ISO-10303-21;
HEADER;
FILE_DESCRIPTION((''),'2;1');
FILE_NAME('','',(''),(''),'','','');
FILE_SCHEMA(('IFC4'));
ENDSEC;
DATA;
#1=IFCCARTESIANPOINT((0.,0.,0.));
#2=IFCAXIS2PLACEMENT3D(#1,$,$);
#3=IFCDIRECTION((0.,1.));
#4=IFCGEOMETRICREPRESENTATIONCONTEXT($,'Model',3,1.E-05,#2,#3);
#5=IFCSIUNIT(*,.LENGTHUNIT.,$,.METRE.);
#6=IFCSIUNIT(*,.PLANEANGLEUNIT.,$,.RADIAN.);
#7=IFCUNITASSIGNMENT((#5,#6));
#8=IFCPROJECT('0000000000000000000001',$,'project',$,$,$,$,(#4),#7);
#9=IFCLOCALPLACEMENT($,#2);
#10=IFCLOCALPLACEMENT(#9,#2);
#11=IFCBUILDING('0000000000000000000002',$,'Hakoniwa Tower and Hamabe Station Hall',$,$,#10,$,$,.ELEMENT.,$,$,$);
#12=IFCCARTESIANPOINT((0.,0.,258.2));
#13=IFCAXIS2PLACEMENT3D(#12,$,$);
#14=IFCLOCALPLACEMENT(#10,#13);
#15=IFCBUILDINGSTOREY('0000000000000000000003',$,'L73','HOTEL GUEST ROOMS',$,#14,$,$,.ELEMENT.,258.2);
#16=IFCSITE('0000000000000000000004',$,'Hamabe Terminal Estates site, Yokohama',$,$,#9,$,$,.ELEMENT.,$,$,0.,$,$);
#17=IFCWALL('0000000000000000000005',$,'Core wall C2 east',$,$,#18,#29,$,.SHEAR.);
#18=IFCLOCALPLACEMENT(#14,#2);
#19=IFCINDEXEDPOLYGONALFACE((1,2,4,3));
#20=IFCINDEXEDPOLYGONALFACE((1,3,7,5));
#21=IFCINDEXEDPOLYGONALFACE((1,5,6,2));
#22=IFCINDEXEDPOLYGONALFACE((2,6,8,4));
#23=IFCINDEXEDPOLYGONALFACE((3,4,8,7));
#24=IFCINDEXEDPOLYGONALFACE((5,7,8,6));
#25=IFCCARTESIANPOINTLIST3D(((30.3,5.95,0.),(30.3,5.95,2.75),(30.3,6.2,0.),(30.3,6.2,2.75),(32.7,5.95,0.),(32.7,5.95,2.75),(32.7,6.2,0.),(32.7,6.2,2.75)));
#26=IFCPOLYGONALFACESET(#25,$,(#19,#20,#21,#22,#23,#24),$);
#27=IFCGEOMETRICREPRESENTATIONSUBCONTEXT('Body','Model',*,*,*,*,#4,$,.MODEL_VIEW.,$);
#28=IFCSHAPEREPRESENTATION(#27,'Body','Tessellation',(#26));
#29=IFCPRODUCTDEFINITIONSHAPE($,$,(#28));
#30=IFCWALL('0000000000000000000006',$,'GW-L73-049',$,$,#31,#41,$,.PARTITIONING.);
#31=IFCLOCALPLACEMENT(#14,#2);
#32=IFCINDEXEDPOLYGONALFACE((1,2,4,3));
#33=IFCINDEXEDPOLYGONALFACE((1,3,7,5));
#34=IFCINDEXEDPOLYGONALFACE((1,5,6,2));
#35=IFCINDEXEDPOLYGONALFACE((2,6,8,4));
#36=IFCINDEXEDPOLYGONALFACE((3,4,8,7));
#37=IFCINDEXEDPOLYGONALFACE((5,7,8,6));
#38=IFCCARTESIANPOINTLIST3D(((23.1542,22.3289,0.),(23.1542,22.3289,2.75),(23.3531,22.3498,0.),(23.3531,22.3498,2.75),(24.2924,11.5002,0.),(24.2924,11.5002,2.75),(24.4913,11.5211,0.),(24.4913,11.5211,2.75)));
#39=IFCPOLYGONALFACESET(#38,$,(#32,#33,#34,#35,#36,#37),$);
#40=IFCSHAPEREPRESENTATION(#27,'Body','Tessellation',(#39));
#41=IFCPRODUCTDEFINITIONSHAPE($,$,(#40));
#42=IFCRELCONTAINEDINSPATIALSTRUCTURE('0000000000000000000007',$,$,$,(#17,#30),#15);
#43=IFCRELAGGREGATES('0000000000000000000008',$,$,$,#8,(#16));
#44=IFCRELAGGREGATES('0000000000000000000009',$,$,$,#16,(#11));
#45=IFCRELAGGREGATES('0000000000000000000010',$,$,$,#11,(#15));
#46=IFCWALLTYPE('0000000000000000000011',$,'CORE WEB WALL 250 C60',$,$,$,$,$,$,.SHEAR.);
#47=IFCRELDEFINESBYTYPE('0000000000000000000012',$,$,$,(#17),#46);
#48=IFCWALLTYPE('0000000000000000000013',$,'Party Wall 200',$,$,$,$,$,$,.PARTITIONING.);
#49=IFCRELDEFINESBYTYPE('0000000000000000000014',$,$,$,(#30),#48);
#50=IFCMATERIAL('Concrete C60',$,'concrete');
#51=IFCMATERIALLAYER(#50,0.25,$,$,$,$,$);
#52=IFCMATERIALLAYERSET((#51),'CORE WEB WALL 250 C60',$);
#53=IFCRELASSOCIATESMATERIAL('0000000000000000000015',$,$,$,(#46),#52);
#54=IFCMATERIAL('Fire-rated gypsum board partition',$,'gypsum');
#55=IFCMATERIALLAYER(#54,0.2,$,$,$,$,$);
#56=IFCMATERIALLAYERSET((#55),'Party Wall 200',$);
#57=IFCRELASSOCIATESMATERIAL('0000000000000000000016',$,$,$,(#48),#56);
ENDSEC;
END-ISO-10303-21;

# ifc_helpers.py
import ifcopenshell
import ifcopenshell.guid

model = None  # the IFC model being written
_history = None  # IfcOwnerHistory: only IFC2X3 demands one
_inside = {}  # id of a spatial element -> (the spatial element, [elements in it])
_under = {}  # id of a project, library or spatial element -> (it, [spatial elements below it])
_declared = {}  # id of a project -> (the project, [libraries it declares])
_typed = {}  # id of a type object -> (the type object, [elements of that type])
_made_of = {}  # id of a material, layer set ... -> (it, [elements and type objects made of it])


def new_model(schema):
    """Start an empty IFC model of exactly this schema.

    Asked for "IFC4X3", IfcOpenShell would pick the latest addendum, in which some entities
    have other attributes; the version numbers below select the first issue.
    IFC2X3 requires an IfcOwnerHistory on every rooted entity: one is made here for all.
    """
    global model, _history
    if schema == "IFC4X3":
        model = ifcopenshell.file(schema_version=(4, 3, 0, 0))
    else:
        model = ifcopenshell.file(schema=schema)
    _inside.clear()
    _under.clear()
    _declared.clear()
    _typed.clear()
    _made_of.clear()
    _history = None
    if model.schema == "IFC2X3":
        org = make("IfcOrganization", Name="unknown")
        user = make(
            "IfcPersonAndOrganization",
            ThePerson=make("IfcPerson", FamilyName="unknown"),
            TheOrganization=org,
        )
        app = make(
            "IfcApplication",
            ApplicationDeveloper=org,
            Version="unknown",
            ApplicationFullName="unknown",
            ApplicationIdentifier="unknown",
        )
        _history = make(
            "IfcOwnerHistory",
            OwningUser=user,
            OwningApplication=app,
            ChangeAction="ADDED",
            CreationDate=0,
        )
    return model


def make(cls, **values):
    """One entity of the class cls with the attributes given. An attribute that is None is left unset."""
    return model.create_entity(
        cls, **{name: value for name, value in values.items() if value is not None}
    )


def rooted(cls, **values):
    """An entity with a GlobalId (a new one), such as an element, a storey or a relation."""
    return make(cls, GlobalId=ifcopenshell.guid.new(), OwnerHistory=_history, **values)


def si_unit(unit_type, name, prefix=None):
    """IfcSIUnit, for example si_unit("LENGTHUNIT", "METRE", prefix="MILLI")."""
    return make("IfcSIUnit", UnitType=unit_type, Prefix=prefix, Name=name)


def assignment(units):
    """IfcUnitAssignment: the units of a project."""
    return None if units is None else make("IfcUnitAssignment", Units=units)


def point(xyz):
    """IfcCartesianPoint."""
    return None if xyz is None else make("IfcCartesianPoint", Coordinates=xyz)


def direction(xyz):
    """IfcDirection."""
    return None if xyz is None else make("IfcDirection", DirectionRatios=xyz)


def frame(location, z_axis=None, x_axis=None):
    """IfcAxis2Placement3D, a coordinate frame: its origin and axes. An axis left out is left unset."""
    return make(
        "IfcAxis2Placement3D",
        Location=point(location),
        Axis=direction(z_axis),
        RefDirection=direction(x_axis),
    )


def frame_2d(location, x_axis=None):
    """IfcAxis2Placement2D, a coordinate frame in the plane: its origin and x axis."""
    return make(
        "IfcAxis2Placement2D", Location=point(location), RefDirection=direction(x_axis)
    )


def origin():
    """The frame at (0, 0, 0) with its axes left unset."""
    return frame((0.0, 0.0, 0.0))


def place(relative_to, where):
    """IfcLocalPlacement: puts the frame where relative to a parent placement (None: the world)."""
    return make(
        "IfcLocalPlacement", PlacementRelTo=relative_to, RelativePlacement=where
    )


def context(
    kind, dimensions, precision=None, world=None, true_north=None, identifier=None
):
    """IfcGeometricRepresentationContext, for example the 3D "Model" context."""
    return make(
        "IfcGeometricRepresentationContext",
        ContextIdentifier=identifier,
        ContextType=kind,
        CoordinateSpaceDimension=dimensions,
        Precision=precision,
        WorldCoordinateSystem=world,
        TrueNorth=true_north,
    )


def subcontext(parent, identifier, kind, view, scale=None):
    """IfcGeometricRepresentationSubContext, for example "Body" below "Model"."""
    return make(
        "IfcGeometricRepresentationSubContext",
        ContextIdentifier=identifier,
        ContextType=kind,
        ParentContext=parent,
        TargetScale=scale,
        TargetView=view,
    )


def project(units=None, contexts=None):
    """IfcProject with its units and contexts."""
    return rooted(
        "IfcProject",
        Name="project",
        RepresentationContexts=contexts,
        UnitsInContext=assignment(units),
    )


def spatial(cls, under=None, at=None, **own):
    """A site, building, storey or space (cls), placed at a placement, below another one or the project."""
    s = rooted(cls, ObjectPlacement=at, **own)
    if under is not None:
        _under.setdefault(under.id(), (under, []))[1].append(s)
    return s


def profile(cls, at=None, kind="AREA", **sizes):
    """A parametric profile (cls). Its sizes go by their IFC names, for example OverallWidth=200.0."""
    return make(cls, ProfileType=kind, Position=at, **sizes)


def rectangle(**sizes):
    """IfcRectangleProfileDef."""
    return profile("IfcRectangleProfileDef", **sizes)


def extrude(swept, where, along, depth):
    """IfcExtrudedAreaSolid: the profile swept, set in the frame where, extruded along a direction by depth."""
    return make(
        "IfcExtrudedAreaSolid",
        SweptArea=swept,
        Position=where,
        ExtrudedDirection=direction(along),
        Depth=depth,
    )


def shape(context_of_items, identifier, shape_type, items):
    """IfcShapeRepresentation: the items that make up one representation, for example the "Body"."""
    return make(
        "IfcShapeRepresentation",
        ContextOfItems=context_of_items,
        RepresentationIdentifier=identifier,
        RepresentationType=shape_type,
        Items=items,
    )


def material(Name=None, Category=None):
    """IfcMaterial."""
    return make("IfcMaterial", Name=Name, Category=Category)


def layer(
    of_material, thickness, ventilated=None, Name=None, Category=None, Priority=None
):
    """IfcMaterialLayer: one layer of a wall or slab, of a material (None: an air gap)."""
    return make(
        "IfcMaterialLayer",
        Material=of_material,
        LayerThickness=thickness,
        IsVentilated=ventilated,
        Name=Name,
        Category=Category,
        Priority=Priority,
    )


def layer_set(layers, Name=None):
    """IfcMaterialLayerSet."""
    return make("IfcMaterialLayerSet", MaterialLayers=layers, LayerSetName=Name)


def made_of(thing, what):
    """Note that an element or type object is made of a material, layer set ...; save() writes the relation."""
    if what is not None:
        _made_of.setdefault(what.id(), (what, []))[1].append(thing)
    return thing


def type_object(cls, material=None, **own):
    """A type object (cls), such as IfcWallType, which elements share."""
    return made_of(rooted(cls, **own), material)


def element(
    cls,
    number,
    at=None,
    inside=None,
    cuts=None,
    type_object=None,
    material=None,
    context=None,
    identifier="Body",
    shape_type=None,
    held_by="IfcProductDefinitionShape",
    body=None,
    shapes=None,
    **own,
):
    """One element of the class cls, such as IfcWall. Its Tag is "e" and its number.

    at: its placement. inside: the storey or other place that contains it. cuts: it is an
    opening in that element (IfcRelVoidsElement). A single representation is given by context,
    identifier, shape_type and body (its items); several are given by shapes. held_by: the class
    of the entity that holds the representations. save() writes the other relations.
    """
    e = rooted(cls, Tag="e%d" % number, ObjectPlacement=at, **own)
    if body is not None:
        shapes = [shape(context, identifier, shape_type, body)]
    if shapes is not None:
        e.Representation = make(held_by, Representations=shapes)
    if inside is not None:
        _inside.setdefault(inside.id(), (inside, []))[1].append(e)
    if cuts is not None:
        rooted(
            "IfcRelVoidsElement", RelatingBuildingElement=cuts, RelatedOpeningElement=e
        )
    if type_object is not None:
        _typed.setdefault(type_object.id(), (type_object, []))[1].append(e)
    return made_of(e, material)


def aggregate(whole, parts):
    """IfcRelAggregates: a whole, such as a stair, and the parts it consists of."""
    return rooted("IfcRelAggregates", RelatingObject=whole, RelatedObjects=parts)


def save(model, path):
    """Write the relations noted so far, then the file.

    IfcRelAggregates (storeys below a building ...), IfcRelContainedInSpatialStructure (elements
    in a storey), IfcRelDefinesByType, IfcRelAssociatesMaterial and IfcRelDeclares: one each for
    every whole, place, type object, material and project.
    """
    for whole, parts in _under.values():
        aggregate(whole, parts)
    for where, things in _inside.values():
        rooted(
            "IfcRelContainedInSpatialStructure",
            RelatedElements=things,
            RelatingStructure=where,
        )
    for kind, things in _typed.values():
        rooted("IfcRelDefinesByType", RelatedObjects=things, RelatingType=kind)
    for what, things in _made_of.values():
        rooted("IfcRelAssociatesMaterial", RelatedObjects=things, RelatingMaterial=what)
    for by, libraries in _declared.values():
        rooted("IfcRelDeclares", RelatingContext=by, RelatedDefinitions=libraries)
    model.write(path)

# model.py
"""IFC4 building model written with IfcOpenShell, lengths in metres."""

from ifc_helpers import new_model, si_unit, direction, frame, frame_2d, origin, place, context, subcontext, project, spatial, rectangle, extrude, material, layer, layer_set, type_object, element, save


model = new_model("IFC4")

# Units and contexts
model_context = context("Model", 3, precision=1e-05, world=origin(), true_north=direction((0.0, 1.0)))
body_context = subcontext(model_context, "Body", "Model", "MODEL_VIEW")
ifc_project = project(units=[si_unit("LENGTHUNIT", "METRE"), si_unit("PLANEANGLEUNIT", "RADIAN")], contexts=[model_context])

# Site, building, storey
site_placement = place(None, origin())
site = spatial("IfcSite", under=ifc_project, at=site_placement, Name="Hamabe Terminal Estates site, Yokohama", CompositionType="ELEMENT", RefElevation=0.0)
building_placement = place(site_placement, origin())
building = spatial("IfcBuilding", under=site, at=building_placement, Name="Hakoniwa Tower and Hamabe Station Hall", CompositionType="ELEMENT")
storey_placement = place(building_placement, frame((0.0, 0.0, 258.2)))
storey = spatial("IfcBuildingStorey", under=building, at=storey_placement, Name="L73", Description="HOTEL GUEST ROOMS", CompositionType="ELEMENT", Elevation=258.2)

# Shared definitions
ifc_material_1 = material(Name="Concrete C60", Category="concrete")
ifc_layer_1 = layer(ifc_material_1, 0.25)
ifc_layer_set_1 = layer_set([ifc_layer_1], Name="CORE WEB WALL 250 C60")
wall_type_1 = type_object("IfcWallType", Name="CORE WEB WALL 250 C60", PredefinedType="SHEAR", material=ifc_layer_set_1)

# Walls
wall_1_placement = place(storey_placement, frame((30.3, 6.075, 0.0), z_axis=(0.0, 0.0, 1.0), x_axis=(1.0, 0.0, 0.0)))
element("IfcWall", 1, at=wall_1_placement, inside=storey, type_object=wall_type_1, Name="Core wall C2 east", PredefinedType="SHEAR", context=body_context, shape_type="SweptSolid", body=[
    extrude(rectangle(XDim=2.3999, YDim=0.25, at=frame_2d((1.2, 0.0))), origin(), (0.0, 0.0, 1.0), 2.75),
])
ifc_material_2 = material(Name="Fire-rated gypsum board partition", Category="gypsum")
ifc_layer_2 = layer(ifc_material_2, 0.2)
ifc_layer_set_2 = layer_set([ifc_layer_2], Name="Party Wall 200")
wall_type_2 = type_object("IfcWallType", Name="Party Wall 200", PredefinedType="PARTITIONING", material=ifc_layer_set_2)
wall_2_placement = place(storey_placement, frame((24.3918, 11.5105, 0.0), z_axis=(0.0, 0.0, 1.0), x_axis=(-0.104531, 0.994522, 0.0)))
element("IfcWall", 2, at=wall_2_placement, inside=storey, type_object=wall_type_2, Name="GW-L73-049", PredefinedType="PARTITIONING", context=body_context, shape_type="SweptSolid", body=[
    extrude(rectangle(XDim=10.8884, YDim=0.2, at=frame_2d((5.4443, 0.0))), origin(), (0.0, 0.0, 1.0), 2.75),
])

save(model, "model.ifc")
